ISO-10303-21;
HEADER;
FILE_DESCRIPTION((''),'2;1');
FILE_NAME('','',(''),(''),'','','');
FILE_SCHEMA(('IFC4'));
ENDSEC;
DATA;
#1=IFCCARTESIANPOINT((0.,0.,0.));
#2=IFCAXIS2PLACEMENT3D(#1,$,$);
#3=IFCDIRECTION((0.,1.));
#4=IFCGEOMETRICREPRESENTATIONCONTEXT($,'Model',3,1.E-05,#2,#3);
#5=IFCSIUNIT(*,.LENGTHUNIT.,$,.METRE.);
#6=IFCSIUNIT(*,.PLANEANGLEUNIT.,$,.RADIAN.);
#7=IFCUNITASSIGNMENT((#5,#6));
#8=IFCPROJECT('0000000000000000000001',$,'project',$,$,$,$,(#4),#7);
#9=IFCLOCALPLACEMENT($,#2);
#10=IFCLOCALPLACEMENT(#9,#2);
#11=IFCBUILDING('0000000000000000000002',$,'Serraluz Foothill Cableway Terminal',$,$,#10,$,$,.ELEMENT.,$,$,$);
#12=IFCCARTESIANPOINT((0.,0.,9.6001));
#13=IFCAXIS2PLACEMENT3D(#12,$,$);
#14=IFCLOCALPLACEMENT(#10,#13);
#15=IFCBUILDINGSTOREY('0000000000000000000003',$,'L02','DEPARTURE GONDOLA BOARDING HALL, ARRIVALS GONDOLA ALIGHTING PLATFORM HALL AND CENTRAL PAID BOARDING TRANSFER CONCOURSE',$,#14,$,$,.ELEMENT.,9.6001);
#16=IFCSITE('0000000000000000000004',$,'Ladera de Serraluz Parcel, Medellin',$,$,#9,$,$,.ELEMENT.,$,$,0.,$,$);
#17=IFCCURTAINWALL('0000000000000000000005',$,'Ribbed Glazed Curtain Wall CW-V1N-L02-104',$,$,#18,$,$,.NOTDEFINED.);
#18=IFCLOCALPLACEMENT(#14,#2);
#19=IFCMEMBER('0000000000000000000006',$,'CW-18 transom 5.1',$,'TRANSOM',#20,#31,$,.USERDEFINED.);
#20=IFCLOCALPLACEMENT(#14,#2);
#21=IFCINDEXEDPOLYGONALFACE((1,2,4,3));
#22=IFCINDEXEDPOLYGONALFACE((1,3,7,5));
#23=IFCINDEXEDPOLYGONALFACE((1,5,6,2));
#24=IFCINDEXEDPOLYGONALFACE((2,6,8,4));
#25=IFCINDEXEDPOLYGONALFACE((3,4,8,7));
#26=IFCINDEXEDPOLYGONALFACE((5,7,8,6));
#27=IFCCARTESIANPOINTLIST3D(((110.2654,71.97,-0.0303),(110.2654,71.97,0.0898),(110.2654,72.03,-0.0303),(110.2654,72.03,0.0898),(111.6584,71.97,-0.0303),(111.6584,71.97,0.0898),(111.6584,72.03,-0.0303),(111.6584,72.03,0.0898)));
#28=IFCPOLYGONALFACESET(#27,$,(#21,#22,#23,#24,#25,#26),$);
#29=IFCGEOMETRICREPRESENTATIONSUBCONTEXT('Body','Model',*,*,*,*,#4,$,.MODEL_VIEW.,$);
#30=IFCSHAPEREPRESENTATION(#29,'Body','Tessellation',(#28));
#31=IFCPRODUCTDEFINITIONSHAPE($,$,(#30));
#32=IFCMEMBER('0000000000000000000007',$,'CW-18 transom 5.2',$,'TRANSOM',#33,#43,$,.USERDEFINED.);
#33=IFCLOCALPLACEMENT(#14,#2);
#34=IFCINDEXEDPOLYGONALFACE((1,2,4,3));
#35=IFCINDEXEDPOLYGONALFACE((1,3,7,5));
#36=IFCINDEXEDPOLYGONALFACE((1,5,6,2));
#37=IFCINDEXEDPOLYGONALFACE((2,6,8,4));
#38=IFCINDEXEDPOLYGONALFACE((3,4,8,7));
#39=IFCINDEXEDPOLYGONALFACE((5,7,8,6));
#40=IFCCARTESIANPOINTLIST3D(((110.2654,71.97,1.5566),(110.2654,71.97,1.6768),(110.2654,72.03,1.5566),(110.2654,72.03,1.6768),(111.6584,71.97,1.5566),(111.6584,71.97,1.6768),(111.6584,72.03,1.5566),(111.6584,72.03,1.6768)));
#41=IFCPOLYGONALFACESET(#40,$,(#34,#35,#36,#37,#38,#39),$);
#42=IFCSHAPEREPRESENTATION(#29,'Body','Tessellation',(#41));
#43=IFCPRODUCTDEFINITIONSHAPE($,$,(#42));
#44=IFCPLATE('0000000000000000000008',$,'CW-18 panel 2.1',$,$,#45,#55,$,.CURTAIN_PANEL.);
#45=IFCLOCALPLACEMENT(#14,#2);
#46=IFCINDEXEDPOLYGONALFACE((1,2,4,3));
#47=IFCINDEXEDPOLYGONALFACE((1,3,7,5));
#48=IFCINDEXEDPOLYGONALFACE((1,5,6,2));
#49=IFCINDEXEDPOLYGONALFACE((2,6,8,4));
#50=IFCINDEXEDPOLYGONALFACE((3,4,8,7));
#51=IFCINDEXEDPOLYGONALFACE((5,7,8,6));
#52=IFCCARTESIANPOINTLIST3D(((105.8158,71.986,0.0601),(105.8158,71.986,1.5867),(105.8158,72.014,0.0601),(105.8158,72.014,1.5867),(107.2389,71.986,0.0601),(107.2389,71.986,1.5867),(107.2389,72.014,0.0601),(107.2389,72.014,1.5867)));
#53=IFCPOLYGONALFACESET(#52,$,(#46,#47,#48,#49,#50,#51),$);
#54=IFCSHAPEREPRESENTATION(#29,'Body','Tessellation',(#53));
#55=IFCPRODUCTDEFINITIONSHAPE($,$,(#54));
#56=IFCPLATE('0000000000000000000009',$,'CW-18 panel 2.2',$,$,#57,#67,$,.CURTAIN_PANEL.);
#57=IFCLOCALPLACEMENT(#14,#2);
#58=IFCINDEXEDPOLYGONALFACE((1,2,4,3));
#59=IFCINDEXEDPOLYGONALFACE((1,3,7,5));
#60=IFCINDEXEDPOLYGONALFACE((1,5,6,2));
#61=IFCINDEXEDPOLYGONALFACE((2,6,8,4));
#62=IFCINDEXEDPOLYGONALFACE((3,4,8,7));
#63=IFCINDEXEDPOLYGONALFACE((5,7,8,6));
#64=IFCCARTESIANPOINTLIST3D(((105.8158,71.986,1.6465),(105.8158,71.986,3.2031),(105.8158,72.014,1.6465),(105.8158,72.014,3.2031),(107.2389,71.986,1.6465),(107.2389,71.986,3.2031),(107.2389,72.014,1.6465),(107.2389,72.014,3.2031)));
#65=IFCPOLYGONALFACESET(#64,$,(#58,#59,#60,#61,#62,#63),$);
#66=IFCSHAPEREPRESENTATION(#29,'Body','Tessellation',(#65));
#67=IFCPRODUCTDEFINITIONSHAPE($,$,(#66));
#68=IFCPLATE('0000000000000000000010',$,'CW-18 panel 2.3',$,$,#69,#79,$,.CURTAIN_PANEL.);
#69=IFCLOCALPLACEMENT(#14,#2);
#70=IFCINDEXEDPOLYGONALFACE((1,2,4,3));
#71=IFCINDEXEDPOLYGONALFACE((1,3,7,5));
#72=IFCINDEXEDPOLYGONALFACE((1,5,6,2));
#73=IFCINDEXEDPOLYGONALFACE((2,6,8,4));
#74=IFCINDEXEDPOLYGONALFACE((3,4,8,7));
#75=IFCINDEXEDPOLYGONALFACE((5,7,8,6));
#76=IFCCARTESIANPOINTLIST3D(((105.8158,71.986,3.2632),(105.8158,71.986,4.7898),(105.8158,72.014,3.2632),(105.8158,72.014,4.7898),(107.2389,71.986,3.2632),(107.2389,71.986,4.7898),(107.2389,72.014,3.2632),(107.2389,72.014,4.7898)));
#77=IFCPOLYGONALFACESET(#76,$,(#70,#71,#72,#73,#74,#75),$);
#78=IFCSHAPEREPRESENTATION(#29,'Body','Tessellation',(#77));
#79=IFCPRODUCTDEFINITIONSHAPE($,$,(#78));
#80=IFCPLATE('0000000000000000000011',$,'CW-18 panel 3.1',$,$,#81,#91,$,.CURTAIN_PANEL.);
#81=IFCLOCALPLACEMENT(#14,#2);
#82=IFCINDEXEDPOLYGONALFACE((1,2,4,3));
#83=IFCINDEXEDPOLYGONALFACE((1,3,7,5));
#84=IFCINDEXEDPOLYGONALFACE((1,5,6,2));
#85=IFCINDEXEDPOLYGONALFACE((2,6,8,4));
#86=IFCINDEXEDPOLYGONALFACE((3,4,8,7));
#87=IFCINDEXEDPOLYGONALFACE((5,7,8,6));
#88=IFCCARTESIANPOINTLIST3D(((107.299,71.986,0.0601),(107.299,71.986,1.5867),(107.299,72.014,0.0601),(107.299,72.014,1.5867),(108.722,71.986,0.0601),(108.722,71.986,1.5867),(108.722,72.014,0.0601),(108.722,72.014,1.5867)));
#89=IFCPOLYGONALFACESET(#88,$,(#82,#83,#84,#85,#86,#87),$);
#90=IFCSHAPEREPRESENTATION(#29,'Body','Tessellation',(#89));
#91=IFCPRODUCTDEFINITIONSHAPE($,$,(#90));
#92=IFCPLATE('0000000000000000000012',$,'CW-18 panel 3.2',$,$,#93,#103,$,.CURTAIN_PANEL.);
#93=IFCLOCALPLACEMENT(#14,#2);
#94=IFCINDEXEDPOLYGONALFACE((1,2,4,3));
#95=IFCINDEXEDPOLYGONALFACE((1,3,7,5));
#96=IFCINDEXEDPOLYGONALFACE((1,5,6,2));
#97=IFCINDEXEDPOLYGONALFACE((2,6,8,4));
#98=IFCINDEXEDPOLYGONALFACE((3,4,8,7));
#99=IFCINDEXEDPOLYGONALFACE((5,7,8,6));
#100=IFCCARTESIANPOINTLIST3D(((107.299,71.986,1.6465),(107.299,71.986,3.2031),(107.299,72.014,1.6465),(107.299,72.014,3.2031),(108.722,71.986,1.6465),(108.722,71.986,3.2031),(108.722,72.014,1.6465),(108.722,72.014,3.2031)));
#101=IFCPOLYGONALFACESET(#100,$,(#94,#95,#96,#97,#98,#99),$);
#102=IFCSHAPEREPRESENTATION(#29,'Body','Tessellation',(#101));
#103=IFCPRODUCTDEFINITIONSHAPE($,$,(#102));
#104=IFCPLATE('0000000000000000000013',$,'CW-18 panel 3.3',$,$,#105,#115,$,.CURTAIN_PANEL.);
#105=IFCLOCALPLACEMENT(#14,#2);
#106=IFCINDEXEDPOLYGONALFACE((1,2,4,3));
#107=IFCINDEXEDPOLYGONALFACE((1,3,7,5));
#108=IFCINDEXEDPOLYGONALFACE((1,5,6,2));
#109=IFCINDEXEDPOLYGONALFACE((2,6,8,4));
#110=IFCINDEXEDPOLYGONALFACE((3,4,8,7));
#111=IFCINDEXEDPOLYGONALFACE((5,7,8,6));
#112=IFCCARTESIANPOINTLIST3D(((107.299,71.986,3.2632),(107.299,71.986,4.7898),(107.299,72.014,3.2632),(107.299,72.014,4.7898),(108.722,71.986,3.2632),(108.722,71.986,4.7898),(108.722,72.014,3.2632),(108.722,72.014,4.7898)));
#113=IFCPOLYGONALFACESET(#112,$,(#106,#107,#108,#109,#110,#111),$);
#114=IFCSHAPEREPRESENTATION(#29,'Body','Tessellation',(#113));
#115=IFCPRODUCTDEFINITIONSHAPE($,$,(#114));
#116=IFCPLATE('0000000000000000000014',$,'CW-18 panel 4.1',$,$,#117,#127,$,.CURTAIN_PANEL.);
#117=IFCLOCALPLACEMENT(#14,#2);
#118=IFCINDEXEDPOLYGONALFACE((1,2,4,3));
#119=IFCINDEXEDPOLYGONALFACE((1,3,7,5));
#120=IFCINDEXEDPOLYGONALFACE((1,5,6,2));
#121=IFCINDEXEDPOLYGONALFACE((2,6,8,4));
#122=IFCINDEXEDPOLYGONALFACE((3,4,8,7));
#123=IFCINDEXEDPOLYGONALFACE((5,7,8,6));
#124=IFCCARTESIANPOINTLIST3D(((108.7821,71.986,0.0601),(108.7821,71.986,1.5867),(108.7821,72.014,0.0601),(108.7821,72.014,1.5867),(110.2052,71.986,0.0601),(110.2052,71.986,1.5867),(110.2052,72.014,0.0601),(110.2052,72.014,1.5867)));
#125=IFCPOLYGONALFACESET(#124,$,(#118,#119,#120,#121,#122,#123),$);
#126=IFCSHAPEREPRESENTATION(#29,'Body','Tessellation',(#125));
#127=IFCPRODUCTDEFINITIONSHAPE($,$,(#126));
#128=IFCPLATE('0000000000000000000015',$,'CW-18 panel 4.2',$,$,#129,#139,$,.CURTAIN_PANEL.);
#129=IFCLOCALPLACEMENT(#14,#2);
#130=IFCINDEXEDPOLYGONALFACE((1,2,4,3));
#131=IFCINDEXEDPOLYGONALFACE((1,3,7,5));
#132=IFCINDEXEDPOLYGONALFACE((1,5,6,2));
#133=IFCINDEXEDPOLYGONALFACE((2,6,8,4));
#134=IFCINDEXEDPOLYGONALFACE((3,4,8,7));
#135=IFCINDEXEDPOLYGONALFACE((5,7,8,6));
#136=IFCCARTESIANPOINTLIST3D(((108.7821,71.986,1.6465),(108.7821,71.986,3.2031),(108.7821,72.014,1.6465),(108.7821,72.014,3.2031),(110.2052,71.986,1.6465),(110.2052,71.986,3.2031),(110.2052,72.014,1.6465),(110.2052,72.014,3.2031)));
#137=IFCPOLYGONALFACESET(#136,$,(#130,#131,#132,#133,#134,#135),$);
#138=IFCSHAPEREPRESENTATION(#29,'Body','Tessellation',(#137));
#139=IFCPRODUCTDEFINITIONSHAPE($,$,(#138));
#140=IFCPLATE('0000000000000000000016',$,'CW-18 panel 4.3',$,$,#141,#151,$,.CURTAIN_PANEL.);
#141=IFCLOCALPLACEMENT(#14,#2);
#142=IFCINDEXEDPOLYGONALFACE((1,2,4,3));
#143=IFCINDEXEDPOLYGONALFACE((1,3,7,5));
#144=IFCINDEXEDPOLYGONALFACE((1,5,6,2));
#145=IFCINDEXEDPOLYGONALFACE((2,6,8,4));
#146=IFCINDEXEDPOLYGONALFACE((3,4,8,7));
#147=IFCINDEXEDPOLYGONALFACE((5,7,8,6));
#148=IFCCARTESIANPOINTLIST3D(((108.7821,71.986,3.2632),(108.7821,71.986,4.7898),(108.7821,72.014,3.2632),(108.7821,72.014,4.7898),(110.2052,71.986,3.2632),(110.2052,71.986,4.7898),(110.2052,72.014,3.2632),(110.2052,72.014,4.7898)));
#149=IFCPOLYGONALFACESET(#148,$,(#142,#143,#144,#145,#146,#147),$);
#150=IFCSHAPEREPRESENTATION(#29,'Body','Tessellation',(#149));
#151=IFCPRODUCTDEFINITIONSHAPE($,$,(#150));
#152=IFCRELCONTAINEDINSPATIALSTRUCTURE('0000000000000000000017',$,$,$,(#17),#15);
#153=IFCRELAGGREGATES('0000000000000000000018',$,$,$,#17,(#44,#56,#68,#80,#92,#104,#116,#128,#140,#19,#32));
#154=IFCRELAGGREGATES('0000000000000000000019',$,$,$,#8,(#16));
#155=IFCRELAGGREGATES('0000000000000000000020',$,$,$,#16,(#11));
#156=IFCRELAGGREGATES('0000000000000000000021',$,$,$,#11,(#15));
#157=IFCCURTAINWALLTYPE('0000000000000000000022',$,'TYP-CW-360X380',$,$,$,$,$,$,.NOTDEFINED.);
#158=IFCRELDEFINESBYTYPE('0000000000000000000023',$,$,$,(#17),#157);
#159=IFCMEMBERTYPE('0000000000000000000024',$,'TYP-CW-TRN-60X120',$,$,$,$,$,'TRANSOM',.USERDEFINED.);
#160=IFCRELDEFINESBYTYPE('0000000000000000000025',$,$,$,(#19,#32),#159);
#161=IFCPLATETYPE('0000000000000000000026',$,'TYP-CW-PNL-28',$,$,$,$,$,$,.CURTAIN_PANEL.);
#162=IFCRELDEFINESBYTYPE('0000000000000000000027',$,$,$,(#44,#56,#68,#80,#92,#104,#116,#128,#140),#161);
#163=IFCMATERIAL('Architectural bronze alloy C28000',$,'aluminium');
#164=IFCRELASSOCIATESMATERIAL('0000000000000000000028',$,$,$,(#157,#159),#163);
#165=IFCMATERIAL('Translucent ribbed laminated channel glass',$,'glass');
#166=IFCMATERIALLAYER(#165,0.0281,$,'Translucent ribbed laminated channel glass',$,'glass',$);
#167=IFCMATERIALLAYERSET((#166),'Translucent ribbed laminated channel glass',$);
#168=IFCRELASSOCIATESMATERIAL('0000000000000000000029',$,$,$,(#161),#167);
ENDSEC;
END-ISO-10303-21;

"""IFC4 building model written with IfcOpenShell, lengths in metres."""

from ifc_helpers import new_model, si_unit, direction, frame, origin, origin_2d, place, context, subcontext, project, spatial, rectangle, extrude, material, layer, layer_set, material_profile, profile_set, type_object, element, aggregate, save


model = new_model("IFC4")

# Units and contexts
model_context = context("Model", 3, precision=1e-05, world=origin(), true_north=direction((0.0, 1.0)))
body_context = subcontext(model_context, "Body", "Model", "MODEL_VIEW")
ifc_project = project(units=[si_unit("LENGTHUNIT", "METRE"), si_unit("PLANEANGLEUNIT", "RADIAN")], contexts=[model_context])

# Site, building, storey
site_placement = place(None, origin())
site = spatial("IfcSite", under=ifc_project, at=site_placement, Name="Ladera de Serraluz Parcel, Medellin", CompositionType="ELEMENT", RefElevation=0.0)
building_placement = place(site_placement, origin())
building = spatial("IfcBuilding", under=site, at=building_placement, Name="Serraluz Foothill Cableway Terminal", CompositionType="ELEMENT")
storey_placement = place(building_placement, frame((0.0, 0.0, 9.6001)))
storey = spatial("IfcBuildingStorey", under=building, at=storey_placement, Name="L02", Description="DEPARTURE GONDOLA BOARDING HALL, ARRIVALS GONDOLA ALIGHTING PLATFORM HALL AND CENTRAL PAID BOARDING TRANSFER CONCOURSE", CompositionType="ELEMENT", Elevation=9.6001)

# Curtain wall, members, plates
ifc_material_1 = material(Name="Architectural bronze alloy C28000", Category="aluminium")
curtain_wall_type = type_object("IfcCurtainWallType", Name="TYP-CW-360X380", PredefinedType="NOTDEFINED", material=ifc_material_1)
curtain_wall_placement = place(storey_placement, origin())
curtain_wall = element("IfcCurtainWall", 1, at=curtain_wall_placement, inside=storey, type_object=curtain_wall_type, Name="Ribbed Glazed Curtain Wall CW-V1N-L02-104", PredefinedType="NOTDEFINED")
ifc_material_profile_1 = material_profile(ifc_material_1, rectangle(XDim=0.0601, YDim=0.1201, at=origin_2d()), Name="ALU TRANSOM 60x120")
ifc_profile_set_1 = profile_set([ifc_material_profile_1], Name="Architectural bronze alloy C28000")
member_type_1 = type_object("IfcMemberType", Name="TYP-CW-TRN-60X120", ElementType="TRANSOM", PredefinedType="USERDEFINED", material=ifc_profile_set_1)
member_1_placement = place(storey_placement, frame((110.2654, 72.0, 0.0298), z_axis=(1.0, 0.0, 0.0), x_axis=(0.0, 1.0, 0.0)))
member_1 = element("IfcMember", 2, at=member_1_placement, type_object=member_type_1, Name="CW-18 transom 5.1", ObjectType="TRANSOM", PredefinedType="USERDEFINED", context=body_context, shape_type="SweptSolid", body=[
    extrude(rectangle(XDim=0.0601, YDim=0.1201, at=origin_2d()), origin(), (0.0, 0.0, 1.0), 1.3931),
])
member_2_placement = place(storey_placement, frame((110.2654, 72.0, 1.6167), z_axis=(1.0, 0.0, 0.0), x_axis=(0.0, 1.0, 0.0)))
member_2 = element("IfcMember", 3, at=member_2_placement, type_object=member_type_1, Name="CW-18 transom 5.2", ObjectType="TRANSOM", PredefinedType="USERDEFINED", context=body_context, shape_type="SweptSolid", body=[
    extrude(rectangle(XDim=0.0601, YDim=0.1201, at=origin_2d()), origin(), (0.0, 0.0, 1.0), 1.3931),
])
ifc_material_2 = material(Name="Translucent ribbed laminated channel glass", Category="glass")
ifc_layer = layer(ifc_material_2, 0.0281, Name="Translucent ribbed laminated channel glass", Category="glass")
ifc_layer_set = layer_set([ifc_layer], Name="Translucent ribbed laminated channel glass")
plate_type = type_object("IfcPlateType", Name="TYP-CW-PNL-28", PredefinedType="CURTAIN_PANEL", material=ifc_layer_set)
plate_1_placement = place(storey_placement, frame((106.5273, 72.0, 0.0601), z_axis=(0.0, 0.0, 1.0), x_axis=(1.0, 0.0, 0.0)))
plate_1 = element("IfcPlate", 4, at=plate_1_placement, type_object=plate_type, Name="CW-18 panel 2.1", PredefinedType="CURTAIN_PANEL", context=body_context, shape_type="SweptSolid", body=[
    extrude(rectangle(XDim=1.4231, YDim=0.0281, at=origin_2d()), origin(), (0.0, 0.0, 1.0), 1.5266),
])
plate_2_placement = place(storey_placement, frame((106.5273, 72.0, 1.6465), z_axis=(0.0, 0.0, 1.0), x_axis=(1.0, 0.0, 0.0)))
plate_2 = element("IfcPlate", 5, at=plate_2_placement, type_object=plate_type, Name="CW-18 panel 2.2", PredefinedType="CURTAIN_PANEL", context=body_context, shape_type="SweptSolid", body=[
    extrude(rectangle(XDim=1.4231, YDim=0.0281, at=origin_2d()), origin(), (0.0, 0.0, 1.0), 1.5566),
])
plate_3_placement = place(storey_placement, frame((106.5273, 72.0, 3.2632), z_axis=(0.0, 0.0, 1.0), x_axis=(1.0, 0.0, 0.0)))
plate_3 = element("IfcPlate", 6, at=plate_3_placement, type_object=plate_type, Name="CW-18 panel 2.3", PredefinedType="CURTAIN_PANEL", context=body_context, shape_type="SweptSolid", body=[
    extrude(rectangle(XDim=1.4231, YDim=0.0281, at=origin_2d()), origin(), (0.0, 0.0, 1.0), 1.5266),
])
plate_4_placement = place(storey_placement, frame((108.0105, 72.0, 0.0601), z_axis=(0.0, 0.0, 1.0), x_axis=(1.0, 0.0, 0.0)))
plate_4 = element("IfcPlate", 7, at=plate_4_placement, type_object=plate_type, Name="CW-18 panel 3.1", PredefinedType="CURTAIN_PANEL", context=body_context, shape_type="SweptSolid", body=[
    extrude(rectangle(XDim=1.4231, YDim=0.0281, at=origin_2d()), origin(), (0.0, 0.0, 1.0), 1.5266),
])
plate_5_placement = place(storey_placement, frame((108.0105, 72.0, 1.6465), z_axis=(0.0, 0.0, 1.0), x_axis=(1.0, 0.0, 0.0)))
plate_5 = element("IfcPlate", 8, at=plate_5_placement, type_object=plate_type, Name="CW-18 panel 3.2", PredefinedType="CURTAIN_PANEL", context=body_context, shape_type="SweptSolid", body=[
    extrude(rectangle(XDim=1.4231, YDim=0.0281, at=origin_2d()), origin(), (0.0, 0.0, 1.0), 1.5566),
])
plate_6_placement = place(storey_placement, frame((108.0105, 72.0, 3.2632), z_axis=(0.0, 0.0, 1.0), x_axis=(1.0, 0.0, 0.0)))
plate_6 = element("IfcPlate", 9, at=plate_6_placement, type_object=plate_type, Name="CW-18 panel 3.3", PredefinedType="CURTAIN_PANEL", context=body_context, shape_type="SweptSolid", body=[
    extrude(rectangle(XDim=1.4231, YDim=0.0281, at=origin_2d()), origin(), (0.0, 0.0, 1.0), 1.5266),
])
plate_7_placement = place(storey_placement, frame((109.4937, 72.0, 0.0601), z_axis=(0.0, 0.0, 1.0), x_axis=(1.0, 0.0, 0.0)))
plate_7 = element("IfcPlate", 10, at=plate_7_placement, type_object=plate_type, Name="CW-18 panel 4.1", PredefinedType="CURTAIN_PANEL", context=body_context, shape_type="SweptSolid", body=[
    extrude(rectangle(XDim=1.4231, YDim=0.0281, at=origin_2d()), origin(), (0.0, 0.0, 1.0), 1.5266),
])
plate_8_placement = place(storey_placement, frame((109.4937, 72.0, 1.6465), z_axis=(0.0, 0.0, 1.0), x_axis=(1.0, 0.0, 0.0)))
plate_8 = element("IfcPlate", 11, at=plate_8_placement, type_object=plate_type, Name="CW-18 panel 4.2", PredefinedType="CURTAIN_PANEL", context=body_context, shape_type="SweptSolid", body=[
    extrude(rectangle(XDim=1.4231, YDim=0.0281, at=origin_2d()), origin(), (0.0, 0.0, 1.0), 1.5566),
])
plate_9_placement = place(storey_placement, frame((109.4937, 72.0, 3.2632), z_axis=(0.0, 0.0, 1.0), x_axis=(1.0, 0.0, 0.0)))
plate_9 = element("IfcPlate", 12, at=plate_9_placement, type_object=plate_type, Name="CW-18 panel 4.3", PredefinedType="CURTAIN_PANEL", context=body_context, shape_type="SweptSolid", body=[
    extrude(rectangle(XDim=1.4231, YDim=0.0281, at=origin_2d()), origin(), (0.0, 0.0, 1.0), 1.5266),
])
aggregate(curtain_wall, [plate_1, plate_2, plate_3, plate_4, plate_5, plate_6, plate_7, plate_8, plate_9, member_1, member_2])

save(model, "model.ifc")
